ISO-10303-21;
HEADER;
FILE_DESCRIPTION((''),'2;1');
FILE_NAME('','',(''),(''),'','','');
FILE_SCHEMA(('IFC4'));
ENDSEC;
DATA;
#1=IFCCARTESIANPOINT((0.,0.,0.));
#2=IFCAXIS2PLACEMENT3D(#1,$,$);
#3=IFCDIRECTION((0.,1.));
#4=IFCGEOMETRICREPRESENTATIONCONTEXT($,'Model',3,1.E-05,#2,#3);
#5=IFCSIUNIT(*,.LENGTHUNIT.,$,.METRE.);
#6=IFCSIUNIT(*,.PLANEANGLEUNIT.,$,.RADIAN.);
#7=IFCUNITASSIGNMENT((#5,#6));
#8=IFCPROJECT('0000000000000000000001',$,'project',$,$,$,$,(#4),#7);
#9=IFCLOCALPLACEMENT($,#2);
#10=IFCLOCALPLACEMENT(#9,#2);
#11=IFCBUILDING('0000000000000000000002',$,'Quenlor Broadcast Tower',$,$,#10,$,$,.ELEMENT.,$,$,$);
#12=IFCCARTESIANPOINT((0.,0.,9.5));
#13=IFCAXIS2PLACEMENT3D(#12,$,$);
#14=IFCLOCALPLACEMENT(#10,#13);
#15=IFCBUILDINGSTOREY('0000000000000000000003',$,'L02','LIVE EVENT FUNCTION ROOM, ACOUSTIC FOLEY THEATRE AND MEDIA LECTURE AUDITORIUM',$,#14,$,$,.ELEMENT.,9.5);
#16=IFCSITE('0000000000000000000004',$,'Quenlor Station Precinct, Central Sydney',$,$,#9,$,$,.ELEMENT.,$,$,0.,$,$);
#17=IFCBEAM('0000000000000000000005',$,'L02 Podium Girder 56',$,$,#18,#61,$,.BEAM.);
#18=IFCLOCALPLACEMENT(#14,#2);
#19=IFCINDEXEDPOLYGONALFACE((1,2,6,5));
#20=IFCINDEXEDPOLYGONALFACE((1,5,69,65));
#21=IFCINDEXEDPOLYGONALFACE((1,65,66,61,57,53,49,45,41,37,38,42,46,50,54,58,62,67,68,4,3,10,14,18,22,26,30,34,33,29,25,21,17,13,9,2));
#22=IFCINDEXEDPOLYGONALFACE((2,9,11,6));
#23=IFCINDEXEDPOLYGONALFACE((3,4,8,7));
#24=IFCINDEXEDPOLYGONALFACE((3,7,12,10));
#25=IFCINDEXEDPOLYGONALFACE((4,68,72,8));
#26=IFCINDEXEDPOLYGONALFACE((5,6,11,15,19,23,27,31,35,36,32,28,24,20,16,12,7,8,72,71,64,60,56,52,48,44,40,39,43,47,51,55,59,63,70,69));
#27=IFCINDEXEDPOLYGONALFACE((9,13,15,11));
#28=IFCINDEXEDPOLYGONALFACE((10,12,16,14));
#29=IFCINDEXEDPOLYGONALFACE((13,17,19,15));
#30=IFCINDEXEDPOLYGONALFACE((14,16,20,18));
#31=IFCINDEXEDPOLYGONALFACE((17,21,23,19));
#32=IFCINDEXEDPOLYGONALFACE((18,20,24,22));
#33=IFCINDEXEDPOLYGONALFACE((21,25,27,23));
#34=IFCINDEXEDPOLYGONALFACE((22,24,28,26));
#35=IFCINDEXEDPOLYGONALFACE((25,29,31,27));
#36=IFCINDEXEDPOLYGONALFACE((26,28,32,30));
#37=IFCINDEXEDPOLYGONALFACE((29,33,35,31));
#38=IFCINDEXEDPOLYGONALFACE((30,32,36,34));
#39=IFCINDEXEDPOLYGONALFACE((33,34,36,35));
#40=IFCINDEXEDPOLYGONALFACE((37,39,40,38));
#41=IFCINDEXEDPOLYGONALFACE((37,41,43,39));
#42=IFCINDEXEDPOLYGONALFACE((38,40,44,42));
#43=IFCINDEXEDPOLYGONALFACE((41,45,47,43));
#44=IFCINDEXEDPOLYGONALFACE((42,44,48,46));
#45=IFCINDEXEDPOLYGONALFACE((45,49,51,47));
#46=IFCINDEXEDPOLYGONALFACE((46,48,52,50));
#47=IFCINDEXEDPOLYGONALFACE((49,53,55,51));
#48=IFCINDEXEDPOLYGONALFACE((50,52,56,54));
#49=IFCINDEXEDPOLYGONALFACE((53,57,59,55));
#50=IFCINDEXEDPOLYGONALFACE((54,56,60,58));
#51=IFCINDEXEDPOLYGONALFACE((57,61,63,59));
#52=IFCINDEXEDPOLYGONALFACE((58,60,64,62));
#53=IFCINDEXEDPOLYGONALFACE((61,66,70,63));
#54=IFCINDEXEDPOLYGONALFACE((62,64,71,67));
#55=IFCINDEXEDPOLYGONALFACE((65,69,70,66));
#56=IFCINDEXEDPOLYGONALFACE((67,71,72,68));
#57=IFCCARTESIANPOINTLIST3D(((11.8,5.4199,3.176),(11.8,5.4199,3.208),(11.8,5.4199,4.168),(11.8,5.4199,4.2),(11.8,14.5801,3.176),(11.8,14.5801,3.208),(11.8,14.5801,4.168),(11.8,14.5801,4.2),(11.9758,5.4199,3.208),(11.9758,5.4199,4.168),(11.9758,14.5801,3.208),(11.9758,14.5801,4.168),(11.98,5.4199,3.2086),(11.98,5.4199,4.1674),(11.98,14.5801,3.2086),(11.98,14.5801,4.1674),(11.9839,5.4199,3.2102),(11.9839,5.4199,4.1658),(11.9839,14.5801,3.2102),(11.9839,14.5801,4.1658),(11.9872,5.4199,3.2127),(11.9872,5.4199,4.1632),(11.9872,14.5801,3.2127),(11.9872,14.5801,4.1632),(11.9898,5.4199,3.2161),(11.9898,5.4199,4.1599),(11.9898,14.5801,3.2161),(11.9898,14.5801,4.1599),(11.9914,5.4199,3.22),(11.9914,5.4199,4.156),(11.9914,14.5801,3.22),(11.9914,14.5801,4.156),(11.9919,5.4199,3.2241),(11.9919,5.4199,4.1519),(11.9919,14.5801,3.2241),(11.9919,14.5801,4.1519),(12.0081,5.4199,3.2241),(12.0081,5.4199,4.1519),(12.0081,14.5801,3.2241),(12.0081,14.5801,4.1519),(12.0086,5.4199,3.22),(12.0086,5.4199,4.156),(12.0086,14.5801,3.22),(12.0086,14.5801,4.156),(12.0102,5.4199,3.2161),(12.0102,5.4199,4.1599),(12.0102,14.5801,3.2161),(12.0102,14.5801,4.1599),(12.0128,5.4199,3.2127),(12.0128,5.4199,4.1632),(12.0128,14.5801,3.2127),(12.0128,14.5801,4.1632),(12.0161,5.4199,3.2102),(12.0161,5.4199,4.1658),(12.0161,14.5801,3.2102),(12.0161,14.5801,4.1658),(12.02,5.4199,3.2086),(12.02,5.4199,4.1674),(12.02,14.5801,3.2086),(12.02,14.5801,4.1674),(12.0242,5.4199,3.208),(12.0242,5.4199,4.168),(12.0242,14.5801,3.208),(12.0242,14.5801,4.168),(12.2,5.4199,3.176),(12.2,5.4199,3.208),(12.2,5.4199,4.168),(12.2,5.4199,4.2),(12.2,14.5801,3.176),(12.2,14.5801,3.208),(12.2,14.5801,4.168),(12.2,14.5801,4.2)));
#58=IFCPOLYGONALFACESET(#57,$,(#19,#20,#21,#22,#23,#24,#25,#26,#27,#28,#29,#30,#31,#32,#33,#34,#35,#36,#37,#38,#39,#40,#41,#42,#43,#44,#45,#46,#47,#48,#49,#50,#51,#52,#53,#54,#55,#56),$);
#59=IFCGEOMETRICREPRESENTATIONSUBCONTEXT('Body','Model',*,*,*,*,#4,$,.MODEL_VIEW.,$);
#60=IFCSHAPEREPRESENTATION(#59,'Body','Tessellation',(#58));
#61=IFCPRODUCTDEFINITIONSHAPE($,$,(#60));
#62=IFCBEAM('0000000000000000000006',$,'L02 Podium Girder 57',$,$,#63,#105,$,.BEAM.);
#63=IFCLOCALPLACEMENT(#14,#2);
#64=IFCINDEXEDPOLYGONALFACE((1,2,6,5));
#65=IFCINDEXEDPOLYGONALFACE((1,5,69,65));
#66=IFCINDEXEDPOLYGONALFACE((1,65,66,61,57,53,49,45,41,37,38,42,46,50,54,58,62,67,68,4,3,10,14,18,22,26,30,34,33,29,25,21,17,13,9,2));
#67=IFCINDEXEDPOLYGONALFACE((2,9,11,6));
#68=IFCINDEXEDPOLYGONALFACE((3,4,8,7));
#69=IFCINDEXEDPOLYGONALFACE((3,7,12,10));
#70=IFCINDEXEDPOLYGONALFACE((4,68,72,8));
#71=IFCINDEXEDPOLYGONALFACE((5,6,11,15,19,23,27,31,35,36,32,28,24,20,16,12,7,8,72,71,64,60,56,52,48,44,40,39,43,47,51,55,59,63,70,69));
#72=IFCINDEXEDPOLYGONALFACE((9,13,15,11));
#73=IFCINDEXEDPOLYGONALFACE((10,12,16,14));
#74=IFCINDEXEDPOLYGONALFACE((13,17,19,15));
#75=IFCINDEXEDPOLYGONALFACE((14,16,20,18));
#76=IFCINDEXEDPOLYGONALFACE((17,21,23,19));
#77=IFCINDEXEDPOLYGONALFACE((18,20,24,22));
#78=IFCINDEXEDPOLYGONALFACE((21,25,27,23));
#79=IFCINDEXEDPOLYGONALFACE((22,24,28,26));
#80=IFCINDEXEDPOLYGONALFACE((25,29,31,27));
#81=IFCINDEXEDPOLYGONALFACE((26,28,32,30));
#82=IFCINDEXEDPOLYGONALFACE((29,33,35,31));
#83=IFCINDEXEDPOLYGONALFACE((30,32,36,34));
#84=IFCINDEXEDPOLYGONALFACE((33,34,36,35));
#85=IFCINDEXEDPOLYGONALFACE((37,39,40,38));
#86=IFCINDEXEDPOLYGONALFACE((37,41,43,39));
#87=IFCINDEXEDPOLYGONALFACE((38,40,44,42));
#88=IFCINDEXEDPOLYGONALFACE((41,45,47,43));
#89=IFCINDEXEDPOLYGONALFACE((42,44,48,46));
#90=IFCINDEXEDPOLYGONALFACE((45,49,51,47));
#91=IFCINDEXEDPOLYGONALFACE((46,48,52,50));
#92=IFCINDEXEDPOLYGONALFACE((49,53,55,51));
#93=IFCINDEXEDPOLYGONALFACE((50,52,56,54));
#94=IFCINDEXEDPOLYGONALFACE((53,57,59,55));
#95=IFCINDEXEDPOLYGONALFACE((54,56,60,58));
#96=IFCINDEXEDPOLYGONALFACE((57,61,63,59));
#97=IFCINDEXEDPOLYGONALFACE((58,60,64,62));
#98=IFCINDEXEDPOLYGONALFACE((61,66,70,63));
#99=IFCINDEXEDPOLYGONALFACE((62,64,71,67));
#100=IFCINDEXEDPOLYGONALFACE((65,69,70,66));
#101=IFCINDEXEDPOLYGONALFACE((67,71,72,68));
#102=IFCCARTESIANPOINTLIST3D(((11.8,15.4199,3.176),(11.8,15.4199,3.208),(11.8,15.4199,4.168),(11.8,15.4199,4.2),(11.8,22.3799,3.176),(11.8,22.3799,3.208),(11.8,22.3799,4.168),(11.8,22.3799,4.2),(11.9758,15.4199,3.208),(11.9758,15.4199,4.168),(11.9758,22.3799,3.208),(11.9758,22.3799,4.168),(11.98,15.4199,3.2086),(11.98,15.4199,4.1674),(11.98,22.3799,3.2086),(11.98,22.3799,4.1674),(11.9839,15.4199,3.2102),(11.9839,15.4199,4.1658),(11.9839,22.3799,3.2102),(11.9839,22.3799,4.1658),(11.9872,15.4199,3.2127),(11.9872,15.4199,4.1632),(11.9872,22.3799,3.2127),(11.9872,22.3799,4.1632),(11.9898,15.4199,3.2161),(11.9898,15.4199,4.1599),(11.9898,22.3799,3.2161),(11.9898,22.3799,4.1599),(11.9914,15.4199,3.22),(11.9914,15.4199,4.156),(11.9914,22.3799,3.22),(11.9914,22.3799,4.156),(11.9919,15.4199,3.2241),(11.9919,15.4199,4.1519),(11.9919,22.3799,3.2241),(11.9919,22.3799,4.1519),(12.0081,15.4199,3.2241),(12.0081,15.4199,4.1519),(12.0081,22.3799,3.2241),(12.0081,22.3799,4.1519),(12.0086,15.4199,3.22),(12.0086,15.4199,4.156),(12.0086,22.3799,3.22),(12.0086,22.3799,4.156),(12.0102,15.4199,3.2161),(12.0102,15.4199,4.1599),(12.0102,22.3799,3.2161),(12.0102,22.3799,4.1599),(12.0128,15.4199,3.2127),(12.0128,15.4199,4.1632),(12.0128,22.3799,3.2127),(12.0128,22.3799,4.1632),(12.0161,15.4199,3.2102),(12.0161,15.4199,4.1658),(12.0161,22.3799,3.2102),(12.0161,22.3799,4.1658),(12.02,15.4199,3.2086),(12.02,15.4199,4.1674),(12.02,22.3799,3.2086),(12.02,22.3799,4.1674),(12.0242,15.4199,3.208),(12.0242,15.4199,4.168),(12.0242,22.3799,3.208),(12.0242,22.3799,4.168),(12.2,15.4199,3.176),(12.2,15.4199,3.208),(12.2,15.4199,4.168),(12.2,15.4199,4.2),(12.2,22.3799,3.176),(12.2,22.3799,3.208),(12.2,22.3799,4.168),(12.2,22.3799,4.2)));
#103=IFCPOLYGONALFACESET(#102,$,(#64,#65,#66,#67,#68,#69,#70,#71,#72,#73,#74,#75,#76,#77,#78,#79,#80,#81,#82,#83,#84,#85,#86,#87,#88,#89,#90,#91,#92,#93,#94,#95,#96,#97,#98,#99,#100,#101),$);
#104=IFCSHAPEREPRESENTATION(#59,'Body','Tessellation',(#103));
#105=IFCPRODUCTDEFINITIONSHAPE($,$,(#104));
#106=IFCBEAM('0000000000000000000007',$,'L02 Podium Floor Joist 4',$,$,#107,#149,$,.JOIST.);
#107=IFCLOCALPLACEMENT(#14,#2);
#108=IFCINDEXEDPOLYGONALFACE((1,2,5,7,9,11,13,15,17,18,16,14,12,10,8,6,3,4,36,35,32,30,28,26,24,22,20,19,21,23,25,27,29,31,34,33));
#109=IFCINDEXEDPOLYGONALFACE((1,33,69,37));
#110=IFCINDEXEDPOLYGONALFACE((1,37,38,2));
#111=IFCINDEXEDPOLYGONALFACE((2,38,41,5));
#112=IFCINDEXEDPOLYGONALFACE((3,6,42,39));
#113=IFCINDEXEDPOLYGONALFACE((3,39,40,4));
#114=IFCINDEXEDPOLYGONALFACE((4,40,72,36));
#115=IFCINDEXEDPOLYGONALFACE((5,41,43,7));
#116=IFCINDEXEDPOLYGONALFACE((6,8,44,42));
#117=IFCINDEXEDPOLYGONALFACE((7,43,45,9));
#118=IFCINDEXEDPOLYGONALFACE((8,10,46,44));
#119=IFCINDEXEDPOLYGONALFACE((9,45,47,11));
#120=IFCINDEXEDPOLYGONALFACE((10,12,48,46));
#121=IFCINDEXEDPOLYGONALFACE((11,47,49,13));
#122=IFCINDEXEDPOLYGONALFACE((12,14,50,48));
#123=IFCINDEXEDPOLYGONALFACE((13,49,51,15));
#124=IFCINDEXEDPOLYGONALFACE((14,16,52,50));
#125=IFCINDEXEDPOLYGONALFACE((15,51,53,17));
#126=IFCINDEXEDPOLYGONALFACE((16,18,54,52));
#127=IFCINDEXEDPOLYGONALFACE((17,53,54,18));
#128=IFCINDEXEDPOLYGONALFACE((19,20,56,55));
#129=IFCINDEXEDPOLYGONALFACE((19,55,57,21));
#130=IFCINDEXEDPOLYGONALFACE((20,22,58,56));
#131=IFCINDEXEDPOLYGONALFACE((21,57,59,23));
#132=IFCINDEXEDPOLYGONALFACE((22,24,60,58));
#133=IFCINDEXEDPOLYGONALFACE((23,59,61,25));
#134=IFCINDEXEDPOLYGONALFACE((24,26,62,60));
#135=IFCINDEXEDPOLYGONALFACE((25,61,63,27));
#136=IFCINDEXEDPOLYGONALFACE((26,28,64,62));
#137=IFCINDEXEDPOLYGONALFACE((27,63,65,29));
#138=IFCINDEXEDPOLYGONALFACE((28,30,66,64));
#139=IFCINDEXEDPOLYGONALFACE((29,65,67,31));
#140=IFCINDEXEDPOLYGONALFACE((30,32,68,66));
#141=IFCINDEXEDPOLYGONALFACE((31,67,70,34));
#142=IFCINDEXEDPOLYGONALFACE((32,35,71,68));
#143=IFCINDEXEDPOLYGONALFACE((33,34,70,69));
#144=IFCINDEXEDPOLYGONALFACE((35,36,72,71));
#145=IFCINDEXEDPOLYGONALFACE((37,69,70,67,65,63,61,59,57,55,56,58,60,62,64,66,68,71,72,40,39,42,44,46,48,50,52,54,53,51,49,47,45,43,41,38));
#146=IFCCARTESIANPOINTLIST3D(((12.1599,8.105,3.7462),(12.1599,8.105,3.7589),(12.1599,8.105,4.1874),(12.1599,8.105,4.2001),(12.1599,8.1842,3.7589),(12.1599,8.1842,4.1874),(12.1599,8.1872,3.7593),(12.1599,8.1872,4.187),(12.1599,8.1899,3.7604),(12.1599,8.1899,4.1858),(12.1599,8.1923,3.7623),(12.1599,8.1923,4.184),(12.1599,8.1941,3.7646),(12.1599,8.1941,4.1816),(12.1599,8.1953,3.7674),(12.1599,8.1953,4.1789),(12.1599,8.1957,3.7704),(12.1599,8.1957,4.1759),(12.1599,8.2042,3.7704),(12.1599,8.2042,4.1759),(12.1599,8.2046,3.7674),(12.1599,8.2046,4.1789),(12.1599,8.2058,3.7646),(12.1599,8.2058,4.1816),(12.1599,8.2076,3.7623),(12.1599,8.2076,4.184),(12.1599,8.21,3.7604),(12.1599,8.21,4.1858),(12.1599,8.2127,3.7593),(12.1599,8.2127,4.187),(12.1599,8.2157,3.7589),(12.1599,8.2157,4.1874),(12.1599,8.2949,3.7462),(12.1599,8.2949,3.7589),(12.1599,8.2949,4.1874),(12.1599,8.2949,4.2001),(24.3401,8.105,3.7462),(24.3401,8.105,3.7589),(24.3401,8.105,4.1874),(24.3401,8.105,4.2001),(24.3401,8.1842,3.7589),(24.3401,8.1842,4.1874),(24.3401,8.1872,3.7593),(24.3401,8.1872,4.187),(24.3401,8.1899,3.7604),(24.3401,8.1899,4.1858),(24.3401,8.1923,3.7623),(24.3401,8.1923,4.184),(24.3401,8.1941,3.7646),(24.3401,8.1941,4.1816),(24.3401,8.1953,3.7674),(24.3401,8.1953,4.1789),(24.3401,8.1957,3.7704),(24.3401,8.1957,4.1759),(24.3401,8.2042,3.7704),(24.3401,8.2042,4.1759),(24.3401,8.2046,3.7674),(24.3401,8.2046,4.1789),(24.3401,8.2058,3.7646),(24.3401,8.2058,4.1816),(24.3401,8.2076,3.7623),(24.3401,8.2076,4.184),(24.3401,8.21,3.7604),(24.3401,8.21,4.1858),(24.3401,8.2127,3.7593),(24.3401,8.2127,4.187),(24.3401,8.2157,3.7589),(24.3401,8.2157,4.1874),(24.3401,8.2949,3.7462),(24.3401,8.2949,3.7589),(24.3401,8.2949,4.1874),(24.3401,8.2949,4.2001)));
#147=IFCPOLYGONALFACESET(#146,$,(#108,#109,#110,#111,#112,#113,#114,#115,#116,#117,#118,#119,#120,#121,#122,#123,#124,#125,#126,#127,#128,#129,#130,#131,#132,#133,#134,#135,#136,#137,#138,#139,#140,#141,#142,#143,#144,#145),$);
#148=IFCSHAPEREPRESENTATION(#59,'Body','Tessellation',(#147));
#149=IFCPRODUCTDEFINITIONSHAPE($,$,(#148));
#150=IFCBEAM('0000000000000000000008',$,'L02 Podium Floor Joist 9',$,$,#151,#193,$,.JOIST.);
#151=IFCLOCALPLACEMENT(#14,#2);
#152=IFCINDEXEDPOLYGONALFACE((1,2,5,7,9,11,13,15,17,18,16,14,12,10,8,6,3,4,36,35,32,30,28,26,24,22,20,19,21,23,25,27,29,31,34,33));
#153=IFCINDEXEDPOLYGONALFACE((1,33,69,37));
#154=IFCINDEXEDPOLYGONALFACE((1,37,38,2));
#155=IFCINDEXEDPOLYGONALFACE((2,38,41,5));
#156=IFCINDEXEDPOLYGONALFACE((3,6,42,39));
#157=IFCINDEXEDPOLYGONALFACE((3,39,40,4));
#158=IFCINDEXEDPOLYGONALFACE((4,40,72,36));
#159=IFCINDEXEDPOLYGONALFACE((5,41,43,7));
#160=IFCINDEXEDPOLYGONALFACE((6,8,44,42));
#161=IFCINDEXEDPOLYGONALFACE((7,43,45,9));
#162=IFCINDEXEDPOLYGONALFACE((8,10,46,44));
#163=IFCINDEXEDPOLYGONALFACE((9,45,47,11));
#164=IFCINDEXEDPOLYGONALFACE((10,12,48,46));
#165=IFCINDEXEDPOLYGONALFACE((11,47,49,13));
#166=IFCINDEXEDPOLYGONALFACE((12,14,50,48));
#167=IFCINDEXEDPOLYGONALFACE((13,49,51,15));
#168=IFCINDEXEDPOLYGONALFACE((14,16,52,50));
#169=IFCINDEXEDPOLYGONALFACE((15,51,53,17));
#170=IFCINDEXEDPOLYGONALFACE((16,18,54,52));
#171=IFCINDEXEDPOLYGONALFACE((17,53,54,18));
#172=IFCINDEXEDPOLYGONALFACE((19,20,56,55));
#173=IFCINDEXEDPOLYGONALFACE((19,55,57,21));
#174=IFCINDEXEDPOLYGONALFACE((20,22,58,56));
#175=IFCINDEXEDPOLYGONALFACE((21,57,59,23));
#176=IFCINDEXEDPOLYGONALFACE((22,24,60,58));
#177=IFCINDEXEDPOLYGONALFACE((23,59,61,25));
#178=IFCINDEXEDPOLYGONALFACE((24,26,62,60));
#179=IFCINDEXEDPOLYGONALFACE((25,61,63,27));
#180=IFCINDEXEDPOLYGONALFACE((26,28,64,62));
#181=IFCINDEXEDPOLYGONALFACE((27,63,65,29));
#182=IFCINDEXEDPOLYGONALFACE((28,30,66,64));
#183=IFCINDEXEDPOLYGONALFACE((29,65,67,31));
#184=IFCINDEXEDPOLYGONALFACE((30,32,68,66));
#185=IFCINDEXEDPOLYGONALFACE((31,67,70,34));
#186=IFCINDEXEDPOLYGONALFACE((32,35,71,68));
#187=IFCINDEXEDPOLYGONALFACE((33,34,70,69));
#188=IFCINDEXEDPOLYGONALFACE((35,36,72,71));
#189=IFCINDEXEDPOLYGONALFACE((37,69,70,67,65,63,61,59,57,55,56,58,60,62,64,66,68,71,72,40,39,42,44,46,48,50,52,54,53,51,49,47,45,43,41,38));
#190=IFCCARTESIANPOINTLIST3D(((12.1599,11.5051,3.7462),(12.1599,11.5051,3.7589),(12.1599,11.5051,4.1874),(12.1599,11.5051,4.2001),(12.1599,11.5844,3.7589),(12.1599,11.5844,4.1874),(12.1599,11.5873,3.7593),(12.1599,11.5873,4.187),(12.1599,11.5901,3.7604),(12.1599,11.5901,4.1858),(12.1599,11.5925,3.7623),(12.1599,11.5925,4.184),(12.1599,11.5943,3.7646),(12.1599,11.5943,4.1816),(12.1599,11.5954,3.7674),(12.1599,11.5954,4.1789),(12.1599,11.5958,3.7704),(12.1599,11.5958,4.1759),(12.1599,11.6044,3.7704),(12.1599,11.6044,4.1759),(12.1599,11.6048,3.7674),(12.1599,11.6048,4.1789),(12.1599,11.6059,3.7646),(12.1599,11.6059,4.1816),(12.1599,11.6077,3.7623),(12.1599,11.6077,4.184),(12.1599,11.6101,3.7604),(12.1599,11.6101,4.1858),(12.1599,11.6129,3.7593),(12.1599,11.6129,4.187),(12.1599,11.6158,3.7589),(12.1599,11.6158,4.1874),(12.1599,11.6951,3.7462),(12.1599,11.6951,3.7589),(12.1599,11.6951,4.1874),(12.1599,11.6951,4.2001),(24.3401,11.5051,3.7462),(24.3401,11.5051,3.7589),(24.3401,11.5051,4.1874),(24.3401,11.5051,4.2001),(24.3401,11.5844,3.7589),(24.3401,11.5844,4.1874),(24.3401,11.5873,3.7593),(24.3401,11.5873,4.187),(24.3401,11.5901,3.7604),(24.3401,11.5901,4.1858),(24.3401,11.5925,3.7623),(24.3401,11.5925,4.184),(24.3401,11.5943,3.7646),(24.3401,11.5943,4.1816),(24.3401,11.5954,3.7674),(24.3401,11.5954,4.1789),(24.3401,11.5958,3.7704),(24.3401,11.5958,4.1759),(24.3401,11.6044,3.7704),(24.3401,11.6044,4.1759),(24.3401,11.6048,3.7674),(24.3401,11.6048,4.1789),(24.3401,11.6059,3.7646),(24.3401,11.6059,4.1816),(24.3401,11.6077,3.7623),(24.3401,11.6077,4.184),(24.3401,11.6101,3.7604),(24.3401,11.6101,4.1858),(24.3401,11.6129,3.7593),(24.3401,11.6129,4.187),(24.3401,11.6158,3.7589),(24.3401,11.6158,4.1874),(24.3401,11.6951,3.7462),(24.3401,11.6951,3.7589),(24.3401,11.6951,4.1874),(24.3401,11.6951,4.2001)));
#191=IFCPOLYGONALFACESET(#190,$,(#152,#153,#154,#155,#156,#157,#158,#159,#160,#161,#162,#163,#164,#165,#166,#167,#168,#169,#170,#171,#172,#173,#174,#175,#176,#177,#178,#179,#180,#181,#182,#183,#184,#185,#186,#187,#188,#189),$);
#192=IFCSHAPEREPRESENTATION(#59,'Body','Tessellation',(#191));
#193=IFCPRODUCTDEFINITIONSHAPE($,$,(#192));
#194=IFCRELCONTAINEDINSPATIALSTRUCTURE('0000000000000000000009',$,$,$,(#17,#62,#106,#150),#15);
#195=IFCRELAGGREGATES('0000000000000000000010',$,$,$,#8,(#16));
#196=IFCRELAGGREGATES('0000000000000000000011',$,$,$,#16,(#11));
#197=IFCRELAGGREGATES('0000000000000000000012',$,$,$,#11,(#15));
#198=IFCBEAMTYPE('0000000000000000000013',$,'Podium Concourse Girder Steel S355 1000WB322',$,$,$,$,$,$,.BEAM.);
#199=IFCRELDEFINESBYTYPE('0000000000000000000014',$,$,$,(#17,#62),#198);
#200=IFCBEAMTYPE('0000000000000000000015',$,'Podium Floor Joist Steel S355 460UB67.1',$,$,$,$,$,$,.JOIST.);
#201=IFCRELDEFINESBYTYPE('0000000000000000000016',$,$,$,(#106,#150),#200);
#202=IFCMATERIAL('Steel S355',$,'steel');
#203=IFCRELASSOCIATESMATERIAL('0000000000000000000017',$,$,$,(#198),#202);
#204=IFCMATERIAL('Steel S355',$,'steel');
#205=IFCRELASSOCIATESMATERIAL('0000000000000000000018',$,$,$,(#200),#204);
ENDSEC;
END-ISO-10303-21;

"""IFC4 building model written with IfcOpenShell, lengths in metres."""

from ifc_helpers import new_model, si_unit, direction, frame, origin, origin_2d, place, context, subcontext, project, spatial, i_section, extrude, material, material_profile, profile_set, type_object, element, save


model = new_model("IFC4")

# Units and contexts
model_context = context("Model", 3, precision=1e-05, world=origin(), true_north=direction((0.0, 1.0)))
body_context = subcontext(model_context, "Body", "Model", "MODEL_VIEW")
ifc_project = project(units=[si_unit("LENGTHUNIT", "METRE"), si_unit("PLANEANGLEUNIT", "RADIAN")], contexts=[model_context])

# Site, building, storey
site_placement = place(None, origin())
site = spatial("IfcSite", under=ifc_project, at=site_placement, Name="Quenlor Station Precinct, Central Sydney", CompositionType="ELEMENT", RefElevation=0.0)
building_placement = place(site_placement, origin())
building = spatial("IfcBuilding", under=site, at=building_placement, Name="Quenlor Broadcast Tower", CompositionType="ELEMENT")
storey_placement = place(building_placement, frame((0.0, 0.0, 9.5)))
storey = spatial("IfcBuildingStorey", under=building, at=storey_placement, Name="L02", Description="LIVE EVENT FUNCTION ROOM, ACOUSTIC FOLEY THEATRE AND MEDIA LECTURE AUDITORIUM", CompositionType="ELEMENT", Elevation=9.5)

# Beams
ifc_material_1 = material(Name="Steel S355", Category="steel")
ifc_material_profile_1 = material_profile(ifc_material_1, i_section(OverallWidth=0.3999, OverallDepth=1.0239, WebThickness=0.0161, FlangeThickness=0.032, FilletRadius=0.0161, at=origin_2d()))
ifc_profile_set_1 = profile_set([ifc_material_profile_1], Name="Steel S355 1000WB322")
beam_type_1 = type_object("IfcBeamType", Name="Podium Concourse Girder Steel S355 1000WB322", PredefinedType="BEAM", material=ifc_profile_set_1)
beam_1_placement = place(storey_placement, frame((12.0, 5.4199, 3.688), z_axis=(0.0, 1.0, 0.0), x_axis=(-1.0, 0.0, 0.0)))
element("IfcBeam", 1, at=beam_1_placement, inside=storey, type_object=beam_type_1, Name="L02 Podium Girder 56", PredefinedType="BEAM", context=body_context, shape_type="SweptSolid", body=[
    extrude(i_section(OverallWidth=0.3999, OverallDepth=1.0239, WebThickness=0.0161, FlangeThickness=0.032, FilletRadius=0.0161, at=origin_2d()), origin(), (0.0, 0.0, 1.0), 9.1602),
])
beam_2_placement = place(storey_placement, frame((12.0, 15.4199, 3.688), z_axis=(0.0, 1.0, 0.0), x_axis=(-1.0, 0.0, 0.0)))
element("IfcBeam", 2, at=beam_2_placement, inside=storey, type_object=beam_type_1, Name="L02 Podium Girder 57", PredefinedType="BEAM", context=body_context, shape_type="SweptSolid", body=[
    extrude(i_section(OverallWidth=0.3999, OverallDepth=1.0239, WebThickness=0.0161, FlangeThickness=0.032, FilletRadius=0.0161, at=origin_2d()), origin(), (0.0, 0.0, 1.0), 6.96),
])
ifc_material_2 = material(Name="Steel S355", Category="steel")
ifc_material_profile_2 = material_profile(ifc_material_2, i_section(OverallWidth=0.1899, OverallDepth=0.4539, WebThickness=0.0085, FlangeThickness=0.0127, FilletRadius=0.0115, at=origin_2d()))
ifc_profile_set_2 = profile_set([ifc_material_profile_2], Name="Steel S355 460UB67.1")
beam_type_2 = type_object("IfcBeamType", Name="Podium Floor Joist Steel S355 460UB67.1", PredefinedType="JOIST", material=ifc_profile_set_2)
for number, where, z_axis, x_axis, name in (
    (3, (12.1599, 8.2, 3.9731), (1.0, 0.0, 0.0), (0.0, 1.0, 0.0), "L02 Podium Floor Joist 4"),
    (4, (12.1599, 11.6001, 3.9731), (1.0, 0.0, 0.0), (0.0, 1.0, 0.0), "L02 Podium Floor Joist 9"),
):
    element("IfcBeam", number, at=place(storey_placement, frame(where, z_axis=z_axis, x_axis=x_axis)), inside=storey, type_object=beam_type_2, Name=name, PredefinedType="JOIST", context=body_context, shape_type="SweptSolid", body=[
        extrude(i_section(OverallWidth=0.1899, OverallDepth=0.4539, WebThickness=0.0085, FlangeThickness=0.0127, FilletRadius=0.0115, at=origin_2d()), origin(), (0.0, 0.0, 1.0), 12.1802),
    ])

save(model, "model.ifc")
